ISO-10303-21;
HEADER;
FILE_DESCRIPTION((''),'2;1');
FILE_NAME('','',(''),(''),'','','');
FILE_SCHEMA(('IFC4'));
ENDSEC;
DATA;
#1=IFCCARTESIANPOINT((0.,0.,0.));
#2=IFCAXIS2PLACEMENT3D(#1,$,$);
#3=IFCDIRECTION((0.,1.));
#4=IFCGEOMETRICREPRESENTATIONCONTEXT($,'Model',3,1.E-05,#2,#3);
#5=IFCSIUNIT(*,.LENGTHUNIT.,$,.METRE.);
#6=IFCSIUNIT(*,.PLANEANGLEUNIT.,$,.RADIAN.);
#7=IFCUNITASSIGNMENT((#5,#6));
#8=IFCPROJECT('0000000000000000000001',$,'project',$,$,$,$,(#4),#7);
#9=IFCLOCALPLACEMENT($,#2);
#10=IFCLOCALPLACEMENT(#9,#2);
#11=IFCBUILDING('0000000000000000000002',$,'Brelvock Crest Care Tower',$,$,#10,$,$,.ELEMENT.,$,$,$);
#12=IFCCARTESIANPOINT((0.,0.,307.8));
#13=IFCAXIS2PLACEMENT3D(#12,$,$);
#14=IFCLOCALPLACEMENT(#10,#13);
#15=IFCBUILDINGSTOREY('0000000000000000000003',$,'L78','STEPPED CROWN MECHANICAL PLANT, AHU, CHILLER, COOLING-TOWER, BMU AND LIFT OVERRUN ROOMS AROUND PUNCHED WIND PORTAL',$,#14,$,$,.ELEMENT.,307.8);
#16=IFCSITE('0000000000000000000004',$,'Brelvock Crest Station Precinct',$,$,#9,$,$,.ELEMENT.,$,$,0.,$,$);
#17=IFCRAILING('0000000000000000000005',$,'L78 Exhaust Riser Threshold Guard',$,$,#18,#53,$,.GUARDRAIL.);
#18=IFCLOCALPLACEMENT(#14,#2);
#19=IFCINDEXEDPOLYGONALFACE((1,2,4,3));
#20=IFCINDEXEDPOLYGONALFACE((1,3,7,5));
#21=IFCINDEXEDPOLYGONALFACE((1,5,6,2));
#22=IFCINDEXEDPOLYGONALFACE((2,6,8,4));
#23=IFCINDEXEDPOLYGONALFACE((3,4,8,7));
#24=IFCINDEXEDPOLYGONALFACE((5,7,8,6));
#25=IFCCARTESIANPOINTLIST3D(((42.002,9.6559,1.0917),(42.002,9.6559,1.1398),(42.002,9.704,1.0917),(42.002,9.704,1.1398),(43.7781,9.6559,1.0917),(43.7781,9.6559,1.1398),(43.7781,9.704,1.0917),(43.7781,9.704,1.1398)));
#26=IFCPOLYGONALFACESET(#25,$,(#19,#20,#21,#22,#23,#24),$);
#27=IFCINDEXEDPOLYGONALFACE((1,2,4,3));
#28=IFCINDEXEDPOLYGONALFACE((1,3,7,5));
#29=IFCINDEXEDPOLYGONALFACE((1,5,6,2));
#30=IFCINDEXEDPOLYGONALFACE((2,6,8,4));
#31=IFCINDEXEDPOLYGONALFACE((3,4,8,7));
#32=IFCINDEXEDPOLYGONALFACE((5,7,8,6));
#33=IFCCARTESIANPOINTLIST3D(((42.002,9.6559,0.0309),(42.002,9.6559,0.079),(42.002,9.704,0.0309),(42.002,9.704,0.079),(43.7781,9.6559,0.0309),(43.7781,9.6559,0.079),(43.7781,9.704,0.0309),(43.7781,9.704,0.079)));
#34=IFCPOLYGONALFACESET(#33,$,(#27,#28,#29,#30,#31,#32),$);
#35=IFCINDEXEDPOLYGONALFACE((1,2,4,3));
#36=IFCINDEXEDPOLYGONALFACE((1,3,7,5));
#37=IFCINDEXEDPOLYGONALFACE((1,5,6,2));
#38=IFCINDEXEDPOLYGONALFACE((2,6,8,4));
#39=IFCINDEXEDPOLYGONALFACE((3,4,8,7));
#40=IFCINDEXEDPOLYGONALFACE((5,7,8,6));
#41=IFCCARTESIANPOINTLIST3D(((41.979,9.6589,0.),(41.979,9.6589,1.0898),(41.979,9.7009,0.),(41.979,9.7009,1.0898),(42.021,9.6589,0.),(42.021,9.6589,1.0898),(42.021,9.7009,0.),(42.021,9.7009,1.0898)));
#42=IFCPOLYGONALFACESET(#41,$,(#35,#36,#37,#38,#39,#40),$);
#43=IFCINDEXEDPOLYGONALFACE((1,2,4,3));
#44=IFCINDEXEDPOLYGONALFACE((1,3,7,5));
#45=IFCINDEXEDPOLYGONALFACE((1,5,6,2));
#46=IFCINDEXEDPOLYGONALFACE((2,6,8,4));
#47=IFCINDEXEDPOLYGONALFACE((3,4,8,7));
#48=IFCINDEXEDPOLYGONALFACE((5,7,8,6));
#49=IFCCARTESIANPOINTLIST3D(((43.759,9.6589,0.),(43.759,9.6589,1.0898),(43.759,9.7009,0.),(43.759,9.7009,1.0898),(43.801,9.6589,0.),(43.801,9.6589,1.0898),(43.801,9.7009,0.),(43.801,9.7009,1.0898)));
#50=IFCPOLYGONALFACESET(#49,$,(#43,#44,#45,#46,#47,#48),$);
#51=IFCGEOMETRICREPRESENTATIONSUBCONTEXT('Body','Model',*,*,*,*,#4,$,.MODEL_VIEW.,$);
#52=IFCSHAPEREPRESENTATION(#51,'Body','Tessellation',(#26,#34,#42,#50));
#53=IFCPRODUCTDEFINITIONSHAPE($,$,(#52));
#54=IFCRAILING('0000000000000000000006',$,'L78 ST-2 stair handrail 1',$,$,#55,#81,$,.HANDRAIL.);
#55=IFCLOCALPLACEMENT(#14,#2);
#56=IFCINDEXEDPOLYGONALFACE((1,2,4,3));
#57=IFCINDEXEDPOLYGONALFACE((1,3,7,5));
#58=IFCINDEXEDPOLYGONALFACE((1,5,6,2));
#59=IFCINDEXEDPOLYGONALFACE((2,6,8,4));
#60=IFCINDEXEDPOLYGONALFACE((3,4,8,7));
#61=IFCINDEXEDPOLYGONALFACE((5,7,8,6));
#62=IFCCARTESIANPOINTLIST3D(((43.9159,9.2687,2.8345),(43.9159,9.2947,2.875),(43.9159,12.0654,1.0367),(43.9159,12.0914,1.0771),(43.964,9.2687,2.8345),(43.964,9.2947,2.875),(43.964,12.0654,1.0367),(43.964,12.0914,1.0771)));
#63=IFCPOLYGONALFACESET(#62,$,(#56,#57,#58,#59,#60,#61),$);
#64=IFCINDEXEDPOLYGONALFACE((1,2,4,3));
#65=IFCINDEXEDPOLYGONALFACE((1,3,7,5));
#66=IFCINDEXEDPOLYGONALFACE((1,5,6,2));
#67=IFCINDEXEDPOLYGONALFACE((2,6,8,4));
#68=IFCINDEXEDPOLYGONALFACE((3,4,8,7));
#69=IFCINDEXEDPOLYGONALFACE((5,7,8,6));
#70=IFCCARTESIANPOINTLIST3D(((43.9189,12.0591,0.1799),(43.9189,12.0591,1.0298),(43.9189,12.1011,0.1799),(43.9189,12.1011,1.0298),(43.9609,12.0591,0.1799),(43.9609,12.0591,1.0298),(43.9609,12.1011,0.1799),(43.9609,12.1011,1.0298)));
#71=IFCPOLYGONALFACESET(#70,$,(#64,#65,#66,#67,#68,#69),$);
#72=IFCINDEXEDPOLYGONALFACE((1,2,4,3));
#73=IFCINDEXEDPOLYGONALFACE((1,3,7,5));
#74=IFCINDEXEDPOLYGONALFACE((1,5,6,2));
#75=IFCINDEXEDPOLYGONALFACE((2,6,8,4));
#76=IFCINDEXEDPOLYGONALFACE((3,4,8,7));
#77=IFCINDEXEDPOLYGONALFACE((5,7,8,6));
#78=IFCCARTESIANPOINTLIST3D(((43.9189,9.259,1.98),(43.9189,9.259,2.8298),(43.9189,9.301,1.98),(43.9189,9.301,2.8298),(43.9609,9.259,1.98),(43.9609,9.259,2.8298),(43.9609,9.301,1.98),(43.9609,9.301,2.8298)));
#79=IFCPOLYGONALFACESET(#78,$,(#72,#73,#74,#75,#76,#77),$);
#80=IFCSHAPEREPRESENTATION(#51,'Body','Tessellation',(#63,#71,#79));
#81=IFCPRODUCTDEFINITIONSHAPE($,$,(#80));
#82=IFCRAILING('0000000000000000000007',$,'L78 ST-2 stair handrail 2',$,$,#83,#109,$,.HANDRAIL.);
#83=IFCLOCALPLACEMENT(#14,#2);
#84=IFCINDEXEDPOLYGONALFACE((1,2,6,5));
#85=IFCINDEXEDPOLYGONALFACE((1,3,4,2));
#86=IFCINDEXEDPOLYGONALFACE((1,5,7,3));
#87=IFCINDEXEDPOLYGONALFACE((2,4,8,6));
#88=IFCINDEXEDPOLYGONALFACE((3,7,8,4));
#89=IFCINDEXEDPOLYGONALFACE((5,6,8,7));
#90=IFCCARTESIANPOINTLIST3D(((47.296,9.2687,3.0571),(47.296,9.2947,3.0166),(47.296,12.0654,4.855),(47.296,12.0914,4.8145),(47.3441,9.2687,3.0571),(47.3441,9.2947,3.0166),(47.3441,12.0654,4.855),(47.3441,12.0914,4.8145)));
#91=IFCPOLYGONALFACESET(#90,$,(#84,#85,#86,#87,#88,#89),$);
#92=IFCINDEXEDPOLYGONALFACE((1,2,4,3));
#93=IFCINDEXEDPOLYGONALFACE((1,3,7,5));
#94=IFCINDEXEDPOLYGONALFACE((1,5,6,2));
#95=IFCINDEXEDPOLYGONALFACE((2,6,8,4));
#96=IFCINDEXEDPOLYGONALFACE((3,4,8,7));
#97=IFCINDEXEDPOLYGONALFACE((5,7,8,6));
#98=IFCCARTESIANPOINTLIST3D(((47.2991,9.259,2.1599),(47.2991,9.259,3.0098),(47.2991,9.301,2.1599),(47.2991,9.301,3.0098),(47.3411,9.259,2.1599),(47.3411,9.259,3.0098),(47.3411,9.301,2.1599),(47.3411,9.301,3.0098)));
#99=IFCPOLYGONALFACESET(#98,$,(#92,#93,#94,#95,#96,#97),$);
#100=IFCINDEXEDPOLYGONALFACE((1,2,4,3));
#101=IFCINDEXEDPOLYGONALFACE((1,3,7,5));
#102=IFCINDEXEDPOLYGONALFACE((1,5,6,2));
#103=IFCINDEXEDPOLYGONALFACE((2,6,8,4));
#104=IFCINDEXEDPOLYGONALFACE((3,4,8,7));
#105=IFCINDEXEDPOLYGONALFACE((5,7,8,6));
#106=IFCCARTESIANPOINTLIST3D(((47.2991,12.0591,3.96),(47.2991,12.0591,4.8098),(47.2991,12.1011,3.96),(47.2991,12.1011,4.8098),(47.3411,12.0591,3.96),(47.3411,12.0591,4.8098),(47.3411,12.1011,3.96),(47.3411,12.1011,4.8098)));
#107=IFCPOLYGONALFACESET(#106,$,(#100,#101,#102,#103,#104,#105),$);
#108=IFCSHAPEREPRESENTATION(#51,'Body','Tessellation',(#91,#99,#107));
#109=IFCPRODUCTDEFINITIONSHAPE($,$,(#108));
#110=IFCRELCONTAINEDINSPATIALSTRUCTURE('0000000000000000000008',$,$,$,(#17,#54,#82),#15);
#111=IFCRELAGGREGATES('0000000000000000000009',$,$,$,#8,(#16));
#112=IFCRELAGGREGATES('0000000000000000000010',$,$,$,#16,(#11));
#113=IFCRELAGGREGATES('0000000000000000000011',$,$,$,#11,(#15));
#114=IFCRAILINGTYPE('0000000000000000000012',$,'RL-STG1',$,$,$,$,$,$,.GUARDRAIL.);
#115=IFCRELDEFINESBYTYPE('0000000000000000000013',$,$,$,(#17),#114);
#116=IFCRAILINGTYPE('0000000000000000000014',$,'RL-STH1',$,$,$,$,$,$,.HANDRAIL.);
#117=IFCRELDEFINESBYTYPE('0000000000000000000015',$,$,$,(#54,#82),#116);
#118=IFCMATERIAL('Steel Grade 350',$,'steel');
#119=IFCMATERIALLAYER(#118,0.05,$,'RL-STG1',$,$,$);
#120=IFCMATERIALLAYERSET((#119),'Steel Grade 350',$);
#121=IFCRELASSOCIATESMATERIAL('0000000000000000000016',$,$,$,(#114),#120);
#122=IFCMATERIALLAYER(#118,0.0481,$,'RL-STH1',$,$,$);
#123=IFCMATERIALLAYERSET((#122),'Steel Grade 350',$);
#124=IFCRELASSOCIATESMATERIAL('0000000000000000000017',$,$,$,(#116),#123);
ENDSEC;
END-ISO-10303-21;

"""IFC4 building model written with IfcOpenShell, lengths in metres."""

from ifc_helpers import new_model, si_unit, direction, frame, origin, origin_2d, place, context, subcontext, project, spatial, rectangle, extrude, material, layer, layer_set, type_object, element, save


model = new_model("IFC4")

# Units and contexts
model_context = context("Model", 3, precision=1e-05, world=origin(), true_north=direction((0.0, 1.0)))
body_context = subcontext(model_context, "Body", "Model", "MODEL_VIEW")
ifc_project = project(units=[si_unit("LENGTHUNIT", "METRE"), si_unit("PLANEANGLEUNIT", "RADIAN")], contexts=[model_context])

# Site, building, storey
site_placement = place(None, origin())
site = spatial("IfcSite", under=ifc_project, at=site_placement, Name="Brelvock Crest Station Precinct", CompositionType="ELEMENT", RefElevation=0.0)
building_placement = place(site_placement, origin())
building = spatial("IfcBuilding", under=site, at=building_placement, Name="Brelvock Crest Care Tower", CompositionType="ELEMENT")
storey_placement = place(building_placement, frame((0.0, 0.0, 307.8)))
storey = spatial("IfcBuildingStorey", under=building, at=storey_placement, Name="L78", Description="STEPPED CROWN MECHANICAL PLANT, AHU, CHILLER, COOLING-TOWER, BMU AND LIFT OVERRUN ROOMS AROUND PUNCHED WIND PORTAL", CompositionType="ELEMENT", Elevation=307.8)

# Shared definitions
ifc_material_1 = material(Name="Steel Grade 350", Category="steel")

# Railings
ifc_layer_1 = layer(ifc_material_1, 0.05, Name="RL-STG1")
ifc_layer_set_1 = layer_set([ifc_layer_1], Name="Steel Grade 350")
railing_type_1 = type_object("IfcRailingType", Name="RL-STG1", PredefinedType="GUARDRAIL", material=ifc_layer_set_1)
railing_1_placement = place(storey_placement, frame((42.0, 9.6799, 0.0)))
element("IfcRailing", 1, at=railing_1_placement, inside=storey, type_object=railing_type_1, Name="L78 Exhaust Riser Threshold Guard", PredefinedType="GUARDRAIL", context=body_context, shape_type="SweptSolid", body=[
    extrude(rectangle(XDim=0.0481, YDim=0.0481, at=origin_2d()), frame((0.002, 0.0, 1.1157), z_axis=(1.0, 0.0, 0.0), x_axis=(0.0, 1.0, 0.0)), (0.0, 0.0, 1.0), 1.7761),
    extrude(rectangle(XDim=0.0481, YDim=0.0481, at=origin_2d()), frame((0.002, 0.0, 0.0549), z_axis=(1.0, 0.0, 0.0), x_axis=(0.0, 1.0, 0.0)), (0.0, 0.0, 1.0), 1.7761),
    extrude(rectangle(XDim=0.042, YDim=0.042, at=origin_2d()), origin(), (0.0, 0.0, 1.0), 1.0898),
    extrude(rectangle(XDim=0.042, YDim=0.042, at=origin_2d()), frame((1.78, 0.0, 0.0)), (0.0, 0.0, 1.0), 1.0898),
])
ifc_layer_2 = layer(ifc_material_1, 0.0481, Name="RL-STH1")
ifc_layer_set_2 = layer_set([ifc_layer_2], Name="Steel Grade 350")
railing_type_2 = type_object("IfcRailingType", Name="RL-STH1", PredefinedType="HANDRAIL", material=ifc_layer_set_2)
railing_2_placement = place(storey_placement, frame((43.9399, 12.0801, 0.1799)))
element("IfcRailing", 2, at=railing_2_placement, inside=storey, type_object=railing_type_2, Name="L78 ST-2 stair handrail 1", PredefinedType="HANDRAIL", context=body_context, shape_type="SweptSolid", body=[
    extrude(rectangle(XDim=0.0481, YDim=0.0481, at=origin_2d()), frame((0.0, -0.0017, 0.877), z_axis=(0.0, -0.841176, 0.540761), x_axis=(1.0, 0.0, 0.0)), (0.0, 0.0, 1.0), 3.3247),
    extrude(rectangle(XDim=0.042, YDim=0.042, at=origin_2d()), origin(), (0.0, 0.0, 1.0), 0.8499),
    extrude(rectangle(XDim=0.042, YDim=0.042, at=origin_2d()), frame((0.0, -2.8, 1.8)), (0.0, 0.0, 1.0), 0.8499),
])
railing_3_placement = place(storey_placement, frame((47.3201, 9.28, 2.1599)))
element("IfcRailing", 3, at=railing_3_placement, inside=storey, type_object=railing_type_2, Name="L78 ST-2 stair handrail 2", PredefinedType="HANDRAIL", context=body_context, shape_type="SweptSolid", body=[
    extrude(rectangle(XDim=0.0481, YDim=0.0481, at=origin_2d()), frame((0.0, 0.0017, 0.877), z_axis=(0.0, 0.841176, 0.540761), x_axis=(-1.0, 0.0, 0.0)), (0.0, 0.0, 1.0), 3.3247),
    extrude(rectangle(XDim=0.042, YDim=0.042, at=origin_2d()), origin(), (0.0, 0.0, 1.0), 0.8499),
    extrude(rectangle(XDim=0.042, YDim=0.042, at=origin_2d()), frame((0.0, 2.8, 1.8)), (0.0, 0.0, 1.0), 0.8499),
])

save(model, "model.ifc")
